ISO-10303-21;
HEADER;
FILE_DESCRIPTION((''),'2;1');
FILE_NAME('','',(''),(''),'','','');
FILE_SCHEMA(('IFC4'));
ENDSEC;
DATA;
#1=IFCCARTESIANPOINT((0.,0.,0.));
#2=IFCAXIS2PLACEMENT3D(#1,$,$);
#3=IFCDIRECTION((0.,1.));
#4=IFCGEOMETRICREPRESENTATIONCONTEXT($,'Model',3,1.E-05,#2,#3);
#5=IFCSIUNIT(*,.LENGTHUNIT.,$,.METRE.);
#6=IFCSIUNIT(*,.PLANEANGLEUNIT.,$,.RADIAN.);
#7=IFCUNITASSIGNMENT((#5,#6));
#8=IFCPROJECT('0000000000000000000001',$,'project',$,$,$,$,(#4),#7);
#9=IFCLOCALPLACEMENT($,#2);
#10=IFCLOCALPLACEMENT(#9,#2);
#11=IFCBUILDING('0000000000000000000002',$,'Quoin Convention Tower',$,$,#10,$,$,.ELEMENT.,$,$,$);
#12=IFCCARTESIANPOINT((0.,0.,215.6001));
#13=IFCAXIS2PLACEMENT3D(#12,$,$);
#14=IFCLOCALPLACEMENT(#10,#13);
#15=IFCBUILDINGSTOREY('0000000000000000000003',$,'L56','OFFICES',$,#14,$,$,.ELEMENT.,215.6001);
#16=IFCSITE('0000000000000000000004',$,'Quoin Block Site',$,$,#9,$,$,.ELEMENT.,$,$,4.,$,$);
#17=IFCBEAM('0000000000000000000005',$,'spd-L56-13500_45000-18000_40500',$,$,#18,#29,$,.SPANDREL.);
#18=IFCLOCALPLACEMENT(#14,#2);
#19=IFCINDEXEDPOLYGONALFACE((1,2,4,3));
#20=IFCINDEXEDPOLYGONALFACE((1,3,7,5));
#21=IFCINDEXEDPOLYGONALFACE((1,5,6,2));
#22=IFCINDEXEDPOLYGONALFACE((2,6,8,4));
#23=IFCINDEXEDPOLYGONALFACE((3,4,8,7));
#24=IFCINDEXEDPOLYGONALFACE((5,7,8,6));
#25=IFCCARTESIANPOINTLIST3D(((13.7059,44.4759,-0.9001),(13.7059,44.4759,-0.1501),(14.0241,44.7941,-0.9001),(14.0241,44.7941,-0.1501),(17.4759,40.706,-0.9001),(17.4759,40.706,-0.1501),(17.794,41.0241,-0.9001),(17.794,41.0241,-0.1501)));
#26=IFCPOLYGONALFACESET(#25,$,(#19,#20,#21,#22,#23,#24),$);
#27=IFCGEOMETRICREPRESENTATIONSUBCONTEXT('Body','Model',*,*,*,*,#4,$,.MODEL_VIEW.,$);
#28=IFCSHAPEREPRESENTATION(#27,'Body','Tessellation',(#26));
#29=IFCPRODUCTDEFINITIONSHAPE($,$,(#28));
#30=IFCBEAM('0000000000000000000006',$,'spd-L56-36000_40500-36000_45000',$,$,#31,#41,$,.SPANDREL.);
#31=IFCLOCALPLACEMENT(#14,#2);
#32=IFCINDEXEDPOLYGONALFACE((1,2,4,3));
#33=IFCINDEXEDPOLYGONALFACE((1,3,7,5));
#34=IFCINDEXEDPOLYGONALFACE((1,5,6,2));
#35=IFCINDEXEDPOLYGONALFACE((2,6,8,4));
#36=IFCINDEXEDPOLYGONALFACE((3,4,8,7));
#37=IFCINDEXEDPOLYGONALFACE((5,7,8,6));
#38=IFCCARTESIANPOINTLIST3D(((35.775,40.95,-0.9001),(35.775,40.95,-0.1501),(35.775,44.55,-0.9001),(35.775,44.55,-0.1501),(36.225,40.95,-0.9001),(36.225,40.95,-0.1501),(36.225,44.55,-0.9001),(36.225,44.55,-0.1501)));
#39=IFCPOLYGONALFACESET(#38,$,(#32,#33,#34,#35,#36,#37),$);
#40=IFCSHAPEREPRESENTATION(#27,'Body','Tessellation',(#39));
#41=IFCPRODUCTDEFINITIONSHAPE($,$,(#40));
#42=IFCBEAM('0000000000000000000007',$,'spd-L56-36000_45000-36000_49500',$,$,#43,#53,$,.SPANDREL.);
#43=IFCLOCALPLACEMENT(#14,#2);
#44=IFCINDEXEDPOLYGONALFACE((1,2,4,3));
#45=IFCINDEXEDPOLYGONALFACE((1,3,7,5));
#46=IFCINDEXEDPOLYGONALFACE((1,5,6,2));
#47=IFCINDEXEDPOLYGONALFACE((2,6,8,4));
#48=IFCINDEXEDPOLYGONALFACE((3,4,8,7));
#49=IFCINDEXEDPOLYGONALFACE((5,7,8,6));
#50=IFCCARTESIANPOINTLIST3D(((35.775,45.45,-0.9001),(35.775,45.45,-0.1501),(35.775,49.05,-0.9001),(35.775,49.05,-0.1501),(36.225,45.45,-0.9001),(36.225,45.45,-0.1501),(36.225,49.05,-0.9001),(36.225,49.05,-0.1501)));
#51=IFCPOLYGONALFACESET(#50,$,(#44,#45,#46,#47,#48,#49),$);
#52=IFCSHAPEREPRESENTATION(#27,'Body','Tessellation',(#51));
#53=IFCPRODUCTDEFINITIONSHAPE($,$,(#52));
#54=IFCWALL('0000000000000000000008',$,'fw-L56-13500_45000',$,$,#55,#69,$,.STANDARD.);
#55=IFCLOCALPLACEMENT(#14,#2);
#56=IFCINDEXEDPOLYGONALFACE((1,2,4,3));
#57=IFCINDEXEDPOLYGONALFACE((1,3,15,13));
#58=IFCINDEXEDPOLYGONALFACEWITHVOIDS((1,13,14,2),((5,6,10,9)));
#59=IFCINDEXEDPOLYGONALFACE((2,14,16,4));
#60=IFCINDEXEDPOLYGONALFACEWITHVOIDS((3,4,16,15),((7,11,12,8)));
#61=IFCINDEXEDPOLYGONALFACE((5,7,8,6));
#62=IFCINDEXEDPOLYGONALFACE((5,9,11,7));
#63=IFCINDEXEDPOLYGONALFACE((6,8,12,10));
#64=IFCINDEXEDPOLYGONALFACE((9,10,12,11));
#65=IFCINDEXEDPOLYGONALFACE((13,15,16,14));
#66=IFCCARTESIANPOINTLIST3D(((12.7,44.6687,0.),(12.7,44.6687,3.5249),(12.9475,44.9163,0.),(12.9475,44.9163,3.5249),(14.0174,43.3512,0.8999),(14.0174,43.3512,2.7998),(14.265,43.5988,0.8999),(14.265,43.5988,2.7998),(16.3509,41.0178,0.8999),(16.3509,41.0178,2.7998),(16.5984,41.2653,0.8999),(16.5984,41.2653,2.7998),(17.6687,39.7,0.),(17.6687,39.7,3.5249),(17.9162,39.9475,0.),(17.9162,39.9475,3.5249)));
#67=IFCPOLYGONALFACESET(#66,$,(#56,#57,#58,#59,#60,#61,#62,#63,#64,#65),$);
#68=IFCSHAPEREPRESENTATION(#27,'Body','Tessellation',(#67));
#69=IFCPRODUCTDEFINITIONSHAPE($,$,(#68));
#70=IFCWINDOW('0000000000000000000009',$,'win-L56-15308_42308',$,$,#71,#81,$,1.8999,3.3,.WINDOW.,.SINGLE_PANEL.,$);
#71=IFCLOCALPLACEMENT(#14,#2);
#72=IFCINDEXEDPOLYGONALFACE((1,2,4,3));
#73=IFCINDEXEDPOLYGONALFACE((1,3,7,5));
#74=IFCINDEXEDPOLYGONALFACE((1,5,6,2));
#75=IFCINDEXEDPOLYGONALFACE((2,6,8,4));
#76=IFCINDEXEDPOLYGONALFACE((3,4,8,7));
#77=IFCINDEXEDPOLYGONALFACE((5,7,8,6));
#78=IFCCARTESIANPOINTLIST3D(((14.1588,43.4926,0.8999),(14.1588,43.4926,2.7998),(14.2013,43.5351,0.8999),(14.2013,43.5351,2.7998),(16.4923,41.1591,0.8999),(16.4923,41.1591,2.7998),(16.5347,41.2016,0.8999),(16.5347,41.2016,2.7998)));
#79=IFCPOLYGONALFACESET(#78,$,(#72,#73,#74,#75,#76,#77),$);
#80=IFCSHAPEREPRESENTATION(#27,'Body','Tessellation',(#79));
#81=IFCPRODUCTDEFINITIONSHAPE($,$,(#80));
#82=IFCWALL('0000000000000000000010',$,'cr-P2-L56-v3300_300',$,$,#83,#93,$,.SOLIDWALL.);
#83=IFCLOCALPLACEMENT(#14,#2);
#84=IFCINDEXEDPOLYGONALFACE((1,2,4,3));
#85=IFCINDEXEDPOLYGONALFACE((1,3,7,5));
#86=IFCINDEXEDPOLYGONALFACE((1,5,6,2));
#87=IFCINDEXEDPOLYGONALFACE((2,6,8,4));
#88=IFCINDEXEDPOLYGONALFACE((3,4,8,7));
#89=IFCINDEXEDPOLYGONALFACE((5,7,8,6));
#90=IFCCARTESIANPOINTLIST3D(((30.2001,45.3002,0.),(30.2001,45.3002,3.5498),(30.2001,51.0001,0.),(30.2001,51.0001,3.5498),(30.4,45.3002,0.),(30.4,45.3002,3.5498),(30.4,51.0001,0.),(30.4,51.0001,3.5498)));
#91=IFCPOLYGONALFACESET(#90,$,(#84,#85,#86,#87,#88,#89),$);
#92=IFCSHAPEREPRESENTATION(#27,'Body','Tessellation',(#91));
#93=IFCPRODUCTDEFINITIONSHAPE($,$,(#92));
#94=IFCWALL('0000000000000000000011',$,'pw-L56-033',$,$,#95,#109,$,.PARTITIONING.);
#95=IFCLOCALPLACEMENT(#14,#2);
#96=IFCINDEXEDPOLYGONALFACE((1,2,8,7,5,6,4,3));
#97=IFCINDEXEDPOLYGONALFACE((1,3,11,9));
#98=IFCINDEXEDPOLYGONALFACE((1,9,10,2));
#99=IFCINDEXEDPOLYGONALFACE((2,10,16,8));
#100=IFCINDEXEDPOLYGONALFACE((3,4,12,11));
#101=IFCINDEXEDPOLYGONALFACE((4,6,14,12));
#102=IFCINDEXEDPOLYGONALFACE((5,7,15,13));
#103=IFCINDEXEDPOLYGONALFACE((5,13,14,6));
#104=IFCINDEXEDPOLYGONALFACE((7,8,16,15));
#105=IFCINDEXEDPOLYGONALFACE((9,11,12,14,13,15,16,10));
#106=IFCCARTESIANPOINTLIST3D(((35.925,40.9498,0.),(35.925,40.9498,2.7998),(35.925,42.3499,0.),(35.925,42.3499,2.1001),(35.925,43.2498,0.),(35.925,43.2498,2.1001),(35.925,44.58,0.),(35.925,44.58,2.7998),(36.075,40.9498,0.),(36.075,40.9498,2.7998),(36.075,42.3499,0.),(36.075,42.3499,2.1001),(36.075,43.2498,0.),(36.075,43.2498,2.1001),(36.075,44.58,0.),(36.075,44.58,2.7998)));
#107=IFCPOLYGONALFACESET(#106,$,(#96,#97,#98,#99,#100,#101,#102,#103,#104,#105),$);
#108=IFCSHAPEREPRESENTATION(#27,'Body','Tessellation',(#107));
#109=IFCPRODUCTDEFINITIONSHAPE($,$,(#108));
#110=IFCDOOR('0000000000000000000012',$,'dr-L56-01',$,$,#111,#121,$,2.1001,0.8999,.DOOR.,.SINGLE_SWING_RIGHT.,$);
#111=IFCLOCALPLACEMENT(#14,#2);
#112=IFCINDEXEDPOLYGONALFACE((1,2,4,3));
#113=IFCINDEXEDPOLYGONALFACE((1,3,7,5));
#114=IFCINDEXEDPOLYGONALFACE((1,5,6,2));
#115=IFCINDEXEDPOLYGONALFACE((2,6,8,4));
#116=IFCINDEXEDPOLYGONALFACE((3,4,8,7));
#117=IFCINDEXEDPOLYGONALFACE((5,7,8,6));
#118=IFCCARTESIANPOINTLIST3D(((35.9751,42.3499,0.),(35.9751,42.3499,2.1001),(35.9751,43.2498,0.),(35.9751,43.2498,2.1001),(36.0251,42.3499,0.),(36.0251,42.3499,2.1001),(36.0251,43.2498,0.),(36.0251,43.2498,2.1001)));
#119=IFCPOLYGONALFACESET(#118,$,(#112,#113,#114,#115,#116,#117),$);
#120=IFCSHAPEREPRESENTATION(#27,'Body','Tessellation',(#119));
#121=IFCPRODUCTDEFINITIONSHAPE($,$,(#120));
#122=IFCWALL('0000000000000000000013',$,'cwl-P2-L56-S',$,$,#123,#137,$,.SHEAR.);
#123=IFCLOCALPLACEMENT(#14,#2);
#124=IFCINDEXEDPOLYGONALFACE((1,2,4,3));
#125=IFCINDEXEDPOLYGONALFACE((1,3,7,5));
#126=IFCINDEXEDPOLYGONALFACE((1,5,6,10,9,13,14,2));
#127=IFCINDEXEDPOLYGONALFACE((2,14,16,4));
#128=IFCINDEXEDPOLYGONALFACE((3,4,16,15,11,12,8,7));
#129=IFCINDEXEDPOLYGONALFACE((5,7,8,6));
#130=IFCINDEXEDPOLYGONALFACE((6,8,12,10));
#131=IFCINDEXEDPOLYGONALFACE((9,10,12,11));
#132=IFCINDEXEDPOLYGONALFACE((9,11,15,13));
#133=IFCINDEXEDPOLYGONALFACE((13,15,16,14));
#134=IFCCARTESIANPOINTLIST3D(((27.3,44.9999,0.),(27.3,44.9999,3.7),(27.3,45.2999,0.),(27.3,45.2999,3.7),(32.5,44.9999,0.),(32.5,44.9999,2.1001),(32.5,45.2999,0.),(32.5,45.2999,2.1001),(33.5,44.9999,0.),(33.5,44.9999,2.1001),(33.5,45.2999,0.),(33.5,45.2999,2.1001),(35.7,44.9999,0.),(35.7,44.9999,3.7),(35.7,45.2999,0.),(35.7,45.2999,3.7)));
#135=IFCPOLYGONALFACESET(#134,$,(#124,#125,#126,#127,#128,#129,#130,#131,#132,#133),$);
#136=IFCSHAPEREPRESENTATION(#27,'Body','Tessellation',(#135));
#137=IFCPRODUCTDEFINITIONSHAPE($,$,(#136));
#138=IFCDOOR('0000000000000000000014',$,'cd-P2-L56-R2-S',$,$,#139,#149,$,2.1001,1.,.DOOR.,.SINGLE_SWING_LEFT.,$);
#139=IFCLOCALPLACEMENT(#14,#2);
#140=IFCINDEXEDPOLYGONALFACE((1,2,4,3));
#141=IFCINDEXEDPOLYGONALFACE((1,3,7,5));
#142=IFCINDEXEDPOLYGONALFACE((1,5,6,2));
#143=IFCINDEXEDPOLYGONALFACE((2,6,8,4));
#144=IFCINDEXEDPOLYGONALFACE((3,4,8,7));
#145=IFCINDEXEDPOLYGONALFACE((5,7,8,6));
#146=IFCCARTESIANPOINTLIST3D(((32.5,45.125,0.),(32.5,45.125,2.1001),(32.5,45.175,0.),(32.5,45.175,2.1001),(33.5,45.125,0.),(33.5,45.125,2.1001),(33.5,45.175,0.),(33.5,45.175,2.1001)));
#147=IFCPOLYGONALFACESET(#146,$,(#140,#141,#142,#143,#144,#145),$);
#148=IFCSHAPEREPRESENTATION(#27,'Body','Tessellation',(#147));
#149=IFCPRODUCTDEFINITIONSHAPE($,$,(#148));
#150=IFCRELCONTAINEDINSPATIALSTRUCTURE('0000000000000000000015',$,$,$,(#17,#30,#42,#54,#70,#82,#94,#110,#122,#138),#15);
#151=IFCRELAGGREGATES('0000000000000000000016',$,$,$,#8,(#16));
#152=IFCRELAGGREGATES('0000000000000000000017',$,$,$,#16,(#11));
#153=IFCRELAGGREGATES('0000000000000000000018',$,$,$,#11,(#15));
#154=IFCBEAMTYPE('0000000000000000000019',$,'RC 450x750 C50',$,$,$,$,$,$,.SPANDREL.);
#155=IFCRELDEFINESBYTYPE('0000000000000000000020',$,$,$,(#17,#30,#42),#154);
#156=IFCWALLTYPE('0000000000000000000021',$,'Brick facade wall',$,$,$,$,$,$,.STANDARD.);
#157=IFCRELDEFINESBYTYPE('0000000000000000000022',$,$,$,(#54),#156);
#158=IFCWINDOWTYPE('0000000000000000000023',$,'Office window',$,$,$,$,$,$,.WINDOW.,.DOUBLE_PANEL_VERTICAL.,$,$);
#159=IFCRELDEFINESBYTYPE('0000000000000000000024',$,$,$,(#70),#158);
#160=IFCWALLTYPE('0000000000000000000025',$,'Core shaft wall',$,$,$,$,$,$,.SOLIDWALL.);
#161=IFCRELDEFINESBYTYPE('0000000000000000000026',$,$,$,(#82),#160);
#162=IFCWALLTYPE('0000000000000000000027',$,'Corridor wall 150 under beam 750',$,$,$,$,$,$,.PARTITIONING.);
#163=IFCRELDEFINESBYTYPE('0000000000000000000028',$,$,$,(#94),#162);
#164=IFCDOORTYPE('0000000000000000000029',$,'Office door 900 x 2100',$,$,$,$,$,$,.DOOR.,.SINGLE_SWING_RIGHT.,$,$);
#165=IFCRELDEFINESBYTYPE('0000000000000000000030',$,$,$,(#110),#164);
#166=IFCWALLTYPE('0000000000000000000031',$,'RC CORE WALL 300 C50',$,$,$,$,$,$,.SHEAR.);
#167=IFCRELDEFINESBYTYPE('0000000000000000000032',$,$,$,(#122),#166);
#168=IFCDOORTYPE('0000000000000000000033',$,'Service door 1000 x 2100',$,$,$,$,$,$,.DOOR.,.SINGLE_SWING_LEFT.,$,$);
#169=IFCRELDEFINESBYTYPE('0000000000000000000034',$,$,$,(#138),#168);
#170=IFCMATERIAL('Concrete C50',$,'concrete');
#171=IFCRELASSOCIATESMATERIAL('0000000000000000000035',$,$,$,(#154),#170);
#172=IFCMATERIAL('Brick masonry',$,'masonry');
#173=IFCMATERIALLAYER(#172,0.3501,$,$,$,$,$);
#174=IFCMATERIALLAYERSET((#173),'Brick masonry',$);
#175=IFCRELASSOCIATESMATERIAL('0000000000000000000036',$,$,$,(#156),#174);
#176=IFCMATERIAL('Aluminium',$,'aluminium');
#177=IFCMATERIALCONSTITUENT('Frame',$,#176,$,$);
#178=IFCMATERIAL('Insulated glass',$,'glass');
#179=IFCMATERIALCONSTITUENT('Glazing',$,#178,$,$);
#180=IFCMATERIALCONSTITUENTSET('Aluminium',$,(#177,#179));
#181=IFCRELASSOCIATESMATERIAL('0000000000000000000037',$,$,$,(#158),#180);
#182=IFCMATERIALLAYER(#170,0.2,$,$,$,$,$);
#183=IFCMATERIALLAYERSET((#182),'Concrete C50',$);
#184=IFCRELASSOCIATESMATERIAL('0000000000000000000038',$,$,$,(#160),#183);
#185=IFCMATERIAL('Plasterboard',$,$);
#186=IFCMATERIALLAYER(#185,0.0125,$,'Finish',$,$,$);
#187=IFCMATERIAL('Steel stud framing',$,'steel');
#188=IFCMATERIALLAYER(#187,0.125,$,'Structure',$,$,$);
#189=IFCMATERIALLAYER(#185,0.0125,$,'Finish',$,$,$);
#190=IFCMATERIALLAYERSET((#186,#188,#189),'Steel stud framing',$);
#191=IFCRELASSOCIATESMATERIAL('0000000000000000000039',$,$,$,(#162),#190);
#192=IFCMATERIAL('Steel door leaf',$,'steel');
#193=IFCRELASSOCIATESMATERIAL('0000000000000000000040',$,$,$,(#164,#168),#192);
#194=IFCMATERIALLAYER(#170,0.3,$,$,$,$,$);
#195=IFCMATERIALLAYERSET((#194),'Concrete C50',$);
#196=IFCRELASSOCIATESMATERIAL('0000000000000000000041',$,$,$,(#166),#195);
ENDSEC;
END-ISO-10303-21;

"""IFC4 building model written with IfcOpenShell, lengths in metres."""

from ifc_helpers import new_model, si_unit, direction, frame, frame_2d, origin, origin_2d, place, context, subcontext, project, spatial, rectangle, extrude, material, layer, layer_set, constituent, constituent_set, material_profile, profile_set, type_object, element, fill, save


model = new_model("IFC4")

# Units and contexts
model_context = context("Model", 3, precision=1e-05, world=origin(), true_north=direction((0.0, 1.0)))
body_context = subcontext(model_context, "Body", "Model", "MODEL_VIEW")
ifc_project = project(units=[si_unit("LENGTHUNIT", "METRE"), si_unit("PLANEANGLEUNIT", "RADIAN")], contexts=[model_context])

# Site, building, storey
site_placement = place(None, origin())
site = spatial("IfcSite", under=ifc_project, at=site_placement, Name="Quoin Block Site", CompositionType="ELEMENT", RefElevation=4.0)
building_placement = place(site_placement, origin())
building = spatial("IfcBuilding", under=site, at=building_placement, Name="Quoin Convention Tower", CompositionType="ELEMENT")
storey_placement = place(building_placement, frame((0.0, 0.0, 215.6001)))
storey = spatial("IfcBuildingStorey", under=building, at=storey_placement, Name="L56", Description="OFFICES", CompositionType="ELEMENT", Elevation=215.6001)

# Shared definitions
ifc_material_1 = material(Name="Concrete C50", Category="concrete")

# Beams
ifc_material_profile_1 = material_profile(ifc_material_1, rectangle(XDim=0.45, YDim=0.75, at=origin_2d()), Name="RC 450x750")
ifc_profile_set_1 = profile_set([ifc_material_profile_1], Name="Concrete C50")
beam_type_1 = type_object("IfcBeamType", Name="RC 450x750 C50", PredefinedType="SPANDREL", material=ifc_profile_set_1)
beam_1_placement = place(storey_placement, frame((13.865, 44.635, -0.5251), z_axis=(0.707107, -0.707107, 0.0), x_axis=(0.707107, 0.707107, 0.0)))
element("IfcBeam", 1, at=beam_1_placement, inside=storey, type_object=beam_type_1, Name="spd-L56-13500_45000-18000_40500", PredefinedType="SPANDREL", context=body_context, shape_type="SweptSolid", body=[
    extrude(rectangle(XDim=0.45, YDim=0.75, at=origin_2d()), origin(), (0.0, 0.0, 1.0), 5.3315),
])
for number, where, z_axis, x_axis, name in (
    (2, (36.0, 40.95, -0.5251), (0.0, 1.0, 0.0), (-1.0, 0.0, 0.0), "spd-L56-36000_40500-36000_45000"),
    (3, (36.0, 45.45, -0.5251), (0.0, 1.0, 0.0), (-1.0, 0.0, 0.0), "spd-L56-36000_45000-36000_49500"),
):
    element("IfcBeam", number, at=place(storey_placement, frame(where, z_axis=z_axis, x_axis=x_axis)), inside=storey, type_object=beam_type_1, Name=name, PredefinedType="SPANDREL", context=body_context, shape_type="SweptSolid", body=[
        extrude(rectangle(XDim=0.45, YDim=0.75, at=origin_2d()), origin(), (0.0, 0.0, 1.0), 3.6001),
    ])

# Wall, opening, window
ifc_material_2 = material(Name="Brick masonry", Category="masonry")
ifc_layer_1 = layer(ifc_material_2, 0.3501)
ifc_layer_set_1 = layer_set([ifc_layer_1], Name="Brick masonry")
wall_type_1 = type_object("IfcWallType", Name="Brick facade wall", PredefinedType="STANDARD", material=ifc_layer_set_1)
wall_1_placement = place(storey_placement, frame((12.8237, 44.7925, 0.0), z_axis=(0.0, 0.0, 1.0), x_axis=(0.707107, -0.707107, 0.0)))
wall_1 = element("IfcWall", 4, at=wall_1_placement, inside=storey, type_object=wall_type_1, Name="fw-L56-13500_45000", PredefinedType="STANDARD", context=body_context, shape_type="SweptSolid", body=[
    extrude(rectangle(XDim=7.0269, YDim=0.3501, at=frame_2d((3.5134, 0.0))), origin(), (0.0, 0.0, 1.0), 3.5249),
])
opening_1_placement = place(wall_1_placement, frame((1.8633, 0.0, 0.8999)))
opening_1 = element("IfcOpeningElement", 5, at=opening_1_placement, cuts=wall_1, PredefinedType="OPENING", context=body_context, shape_type="SweptSolid", body=[
    extrude(rectangle(XDim=3.3, YDim=1.8999, at=frame_2d((1.6499, 0.95))), frame((0.0, 0.1851, 0.0), z_axis=(0.0, -1.0, 0.0), x_axis=(1.0, 0.0, 0.0)), (0.0, 0.0, 1.0), 0.3701),
])
ifc_material_3 = material(Name="Aluminium", Category="aluminium")
ifc_constituent_1 = constituent(ifc_material_3, Name="Frame")
ifc_material_4 = material(Name="Insulated glass", Category="glass")
ifc_constituent_2 = constituent(ifc_material_4, Name="Glazing")
ifc_constituent_set = constituent_set(constituents=[ifc_constituent_1, ifc_constituent_2], Name="Aluminium")
window_type = type_object("IfcWindowType", Name="Office window", PartitioningType="DOUBLE_PANEL_VERTICAL", PredefinedType="WINDOW", material=ifc_constituent_set)
window_placement = place(opening_1_placement, origin())
window = element("IfcWindow", 6, at=window_placement, inside=storey, type_object=window_type, Name="win-L56-15308_42308", OverallHeight=1.8999, OverallWidth=3.3, PartitioningType="SINGLE_PANEL", PredefinedType="WINDOW", context=body_context, shape_type="SweptSolid", body=[
    extrude(rectangle(XDim=3.3, YDim=1.8999, at=frame_2d((1.6499, 0.95))), frame((0.0, 0.085, 0.0), z_axis=(0.0, -1.0, 0.0), x_axis=(1.0, 0.0, 0.0)), (0.0, 0.0, 1.0), 0.0601),
])
fill(opening_1, window)

# Wall
ifc_layer_2 = layer(ifc_material_1, 0.2)
ifc_layer_set_2 = layer_set([ifc_layer_2], Name="Concrete C50")
wall_type_2 = type_object("IfcWallType", Name="Core shaft wall", PredefinedType="SOLIDWALL", material=ifc_layer_set_2)
wall_2_placement = place(storey_placement, frame((30.3, 45.3, 0.0), z_axis=(0.0, 0.0, 1.0), x_axis=(0.0, 1.0, 0.0)))
element("IfcWall", 7, at=wall_2_placement, inside=storey, type_object=wall_type_2, Name="cr-P2-L56-v3300_300", PredefinedType="SOLIDWALL", context=body_context, shape_type="SweptSolid", body=[
    extrude(rectangle(XDim=5.7, YDim=0.2, at=frame_2d((2.8501, 0.0))), origin(), (0.0, 0.0, 1.0), 3.5498),
])

# Walls, openings, doors
ifc_material_5 = material(Name="Plasterboard")
ifc_layer_3 = layer(ifc_material_5, 0.0125, Name="Finish")
ifc_material_6 = material(Name="Steel stud framing", Category="steel")
ifc_layer_4 = layer(ifc_material_6, 0.125, Name="Structure")
ifc_layer_5 = layer(ifc_material_5, 0.0125, Name="Finish")
ifc_layer_set_3 = layer_set([ifc_layer_3, ifc_layer_4, ifc_layer_5], Name="Steel stud framing")
wall_type_3 = type_object("IfcWallType", Name="Corridor wall 150 under beam 750", PredefinedType="PARTITIONING", material=ifc_layer_set_3)
wall_3_placement = place(storey_placement, frame((36.0, 40.95, 0.0), z_axis=(0.0, 0.0, 1.0), x_axis=(0.0, 1.0, 0.0)))
wall_3 = element("IfcWall", 8, at=wall_3_placement, inside=storey, type_object=wall_type_3, Name="pw-L56-033", PredefinedType="PARTITIONING", context=body_context, shape_type="SweptSolid", body=[
    extrude(rectangle(XDim=3.6301, YDim=0.1499, at=frame_2d((1.8149, 0.0))), origin(), (0.0, 0.0, 1.0), 2.7998),
])
opening_2_placement = place(wall_3_placement, frame((1.3999, 0.0, 0.0)))
opening_2 = element("IfcOpeningElement", 9, at=opening_2_placement, cuts=wall_3, PredefinedType="OPENING", context=body_context, shape_type="SweptSolid", body=[
    extrude(rectangle(XDim=0.8999, YDim=2.1001, at=frame_2d((0.45, 1.05))), frame((0.0, 0.085, 0.0), z_axis=(0.0, -1.0, 0.0), x_axis=(1.0, 0.0, 0.0)), (0.0, 0.0, 1.0), 0.1699),
])
ifc_material_7 = material(Name="Steel door leaf", Category="steel")
door_type_1 = type_object("IfcDoorType", Name="Office door 900 x 2100", OperationType="SINGLE_SWING_RIGHT", PredefinedType="DOOR", material=ifc_material_7)
door_1_placement = place(opening_2_placement, origin())
door_1 = element("IfcDoor", 10, at=door_1_placement, inside=storey, type_object=door_type_1, Name="dr-L56-01", OperationType="SINGLE_SWING_RIGHT", OverallHeight=2.1001, OverallWidth=0.8999, PredefinedType="DOOR", context=body_context, shape_type="SweptSolid", body=[
    extrude(rectangle(XDim=0.8999, YDim=2.1001, at=frame_2d((0.45, 1.05))), frame((0.0, 0.0249, 0.0), z_axis=(0.0, -1.0, 0.0), x_axis=(1.0, 0.0, 0.0)), (0.0, 0.0, 1.0), 0.05),
])
fill(opening_2, door_1)
ifc_layer_6 = layer(ifc_material_1, 0.3)
ifc_layer_set_4 = layer_set([ifc_layer_6], Name="Concrete C50")
wall_type_4 = type_object("IfcWallType", Name="RC CORE WALL 300 C50", PredefinedType="SHEAR", material=ifc_layer_set_4)
wall_4_placement = place(storey_placement, frame((27.3, 45.1499, 0.0), z_axis=(0.0, 0.0, 1.0), x_axis=(1.0, 0.0, 0.0)))
wall_4 = element("IfcWall", 11, at=wall_4_placement, inside=storey, type_object=wall_type_4, Name="cwl-P2-L56-S", PredefinedType="SHEAR", context=body_context, shape_type="SweptSolid", body=[
    extrude(rectangle(XDim=8.3999, YDim=0.3, at=frame_2d((4.2, 0.0))), origin(), (0.0, 0.0, 1.0), 3.7),
])
opening_3_placement = place(wall_4_placement, frame((5.2, 0.0, 0.0)))
opening_3 = element("IfcOpeningElement", 12, at=opening_3_placement, cuts=wall_4, PredefinedType="OPENING", context=body_context, shape_type="SweptSolid", body=[
    extrude(rectangle(XDim=1.0, YDim=2.1001, at=frame_2d((0.5, 1.05))), frame((0.0, 0.1599, 0.0), z_axis=(0.0, -1.0, 0.0), x_axis=(1.0, 0.0, 0.0)), (0.0, 0.0, 1.0), 0.3201),
])
door_type_2 = type_object("IfcDoorType", Name="Service door 1000 x 2100", OperationType="SINGLE_SWING_LEFT", PredefinedType="DOOR", material=ifc_material_7)
door_2_placement = place(opening_3_placement, frame((1.0, 0.0, 0.0), z_axis=(0.0, 0.0, 1.0), x_axis=(-1.0, 0.0, 0.0)))
door_2 = element("IfcDoor", 13, at=door_2_placement, inside=storey, type_object=door_type_2, Name="cd-P2-L56-R2-S", OperationType="SINGLE_SWING_LEFT", OverallHeight=2.1001, OverallWidth=1.0, PredefinedType="DOOR", context=body_context, shape_type="SweptSolid", body=[
    extrude(rectangle(XDim=1.0, YDim=2.1001, at=frame_2d((0.5, 1.05))), frame((0.0, 0.0249, 0.0), z_axis=(0.0, -1.0, 0.0), x_axis=(1.0, 0.0, 0.0)), (0.0, 0.0, 1.0), 0.05),
])
fill(opening_3, door_2)

save(model, "model.ifc")
